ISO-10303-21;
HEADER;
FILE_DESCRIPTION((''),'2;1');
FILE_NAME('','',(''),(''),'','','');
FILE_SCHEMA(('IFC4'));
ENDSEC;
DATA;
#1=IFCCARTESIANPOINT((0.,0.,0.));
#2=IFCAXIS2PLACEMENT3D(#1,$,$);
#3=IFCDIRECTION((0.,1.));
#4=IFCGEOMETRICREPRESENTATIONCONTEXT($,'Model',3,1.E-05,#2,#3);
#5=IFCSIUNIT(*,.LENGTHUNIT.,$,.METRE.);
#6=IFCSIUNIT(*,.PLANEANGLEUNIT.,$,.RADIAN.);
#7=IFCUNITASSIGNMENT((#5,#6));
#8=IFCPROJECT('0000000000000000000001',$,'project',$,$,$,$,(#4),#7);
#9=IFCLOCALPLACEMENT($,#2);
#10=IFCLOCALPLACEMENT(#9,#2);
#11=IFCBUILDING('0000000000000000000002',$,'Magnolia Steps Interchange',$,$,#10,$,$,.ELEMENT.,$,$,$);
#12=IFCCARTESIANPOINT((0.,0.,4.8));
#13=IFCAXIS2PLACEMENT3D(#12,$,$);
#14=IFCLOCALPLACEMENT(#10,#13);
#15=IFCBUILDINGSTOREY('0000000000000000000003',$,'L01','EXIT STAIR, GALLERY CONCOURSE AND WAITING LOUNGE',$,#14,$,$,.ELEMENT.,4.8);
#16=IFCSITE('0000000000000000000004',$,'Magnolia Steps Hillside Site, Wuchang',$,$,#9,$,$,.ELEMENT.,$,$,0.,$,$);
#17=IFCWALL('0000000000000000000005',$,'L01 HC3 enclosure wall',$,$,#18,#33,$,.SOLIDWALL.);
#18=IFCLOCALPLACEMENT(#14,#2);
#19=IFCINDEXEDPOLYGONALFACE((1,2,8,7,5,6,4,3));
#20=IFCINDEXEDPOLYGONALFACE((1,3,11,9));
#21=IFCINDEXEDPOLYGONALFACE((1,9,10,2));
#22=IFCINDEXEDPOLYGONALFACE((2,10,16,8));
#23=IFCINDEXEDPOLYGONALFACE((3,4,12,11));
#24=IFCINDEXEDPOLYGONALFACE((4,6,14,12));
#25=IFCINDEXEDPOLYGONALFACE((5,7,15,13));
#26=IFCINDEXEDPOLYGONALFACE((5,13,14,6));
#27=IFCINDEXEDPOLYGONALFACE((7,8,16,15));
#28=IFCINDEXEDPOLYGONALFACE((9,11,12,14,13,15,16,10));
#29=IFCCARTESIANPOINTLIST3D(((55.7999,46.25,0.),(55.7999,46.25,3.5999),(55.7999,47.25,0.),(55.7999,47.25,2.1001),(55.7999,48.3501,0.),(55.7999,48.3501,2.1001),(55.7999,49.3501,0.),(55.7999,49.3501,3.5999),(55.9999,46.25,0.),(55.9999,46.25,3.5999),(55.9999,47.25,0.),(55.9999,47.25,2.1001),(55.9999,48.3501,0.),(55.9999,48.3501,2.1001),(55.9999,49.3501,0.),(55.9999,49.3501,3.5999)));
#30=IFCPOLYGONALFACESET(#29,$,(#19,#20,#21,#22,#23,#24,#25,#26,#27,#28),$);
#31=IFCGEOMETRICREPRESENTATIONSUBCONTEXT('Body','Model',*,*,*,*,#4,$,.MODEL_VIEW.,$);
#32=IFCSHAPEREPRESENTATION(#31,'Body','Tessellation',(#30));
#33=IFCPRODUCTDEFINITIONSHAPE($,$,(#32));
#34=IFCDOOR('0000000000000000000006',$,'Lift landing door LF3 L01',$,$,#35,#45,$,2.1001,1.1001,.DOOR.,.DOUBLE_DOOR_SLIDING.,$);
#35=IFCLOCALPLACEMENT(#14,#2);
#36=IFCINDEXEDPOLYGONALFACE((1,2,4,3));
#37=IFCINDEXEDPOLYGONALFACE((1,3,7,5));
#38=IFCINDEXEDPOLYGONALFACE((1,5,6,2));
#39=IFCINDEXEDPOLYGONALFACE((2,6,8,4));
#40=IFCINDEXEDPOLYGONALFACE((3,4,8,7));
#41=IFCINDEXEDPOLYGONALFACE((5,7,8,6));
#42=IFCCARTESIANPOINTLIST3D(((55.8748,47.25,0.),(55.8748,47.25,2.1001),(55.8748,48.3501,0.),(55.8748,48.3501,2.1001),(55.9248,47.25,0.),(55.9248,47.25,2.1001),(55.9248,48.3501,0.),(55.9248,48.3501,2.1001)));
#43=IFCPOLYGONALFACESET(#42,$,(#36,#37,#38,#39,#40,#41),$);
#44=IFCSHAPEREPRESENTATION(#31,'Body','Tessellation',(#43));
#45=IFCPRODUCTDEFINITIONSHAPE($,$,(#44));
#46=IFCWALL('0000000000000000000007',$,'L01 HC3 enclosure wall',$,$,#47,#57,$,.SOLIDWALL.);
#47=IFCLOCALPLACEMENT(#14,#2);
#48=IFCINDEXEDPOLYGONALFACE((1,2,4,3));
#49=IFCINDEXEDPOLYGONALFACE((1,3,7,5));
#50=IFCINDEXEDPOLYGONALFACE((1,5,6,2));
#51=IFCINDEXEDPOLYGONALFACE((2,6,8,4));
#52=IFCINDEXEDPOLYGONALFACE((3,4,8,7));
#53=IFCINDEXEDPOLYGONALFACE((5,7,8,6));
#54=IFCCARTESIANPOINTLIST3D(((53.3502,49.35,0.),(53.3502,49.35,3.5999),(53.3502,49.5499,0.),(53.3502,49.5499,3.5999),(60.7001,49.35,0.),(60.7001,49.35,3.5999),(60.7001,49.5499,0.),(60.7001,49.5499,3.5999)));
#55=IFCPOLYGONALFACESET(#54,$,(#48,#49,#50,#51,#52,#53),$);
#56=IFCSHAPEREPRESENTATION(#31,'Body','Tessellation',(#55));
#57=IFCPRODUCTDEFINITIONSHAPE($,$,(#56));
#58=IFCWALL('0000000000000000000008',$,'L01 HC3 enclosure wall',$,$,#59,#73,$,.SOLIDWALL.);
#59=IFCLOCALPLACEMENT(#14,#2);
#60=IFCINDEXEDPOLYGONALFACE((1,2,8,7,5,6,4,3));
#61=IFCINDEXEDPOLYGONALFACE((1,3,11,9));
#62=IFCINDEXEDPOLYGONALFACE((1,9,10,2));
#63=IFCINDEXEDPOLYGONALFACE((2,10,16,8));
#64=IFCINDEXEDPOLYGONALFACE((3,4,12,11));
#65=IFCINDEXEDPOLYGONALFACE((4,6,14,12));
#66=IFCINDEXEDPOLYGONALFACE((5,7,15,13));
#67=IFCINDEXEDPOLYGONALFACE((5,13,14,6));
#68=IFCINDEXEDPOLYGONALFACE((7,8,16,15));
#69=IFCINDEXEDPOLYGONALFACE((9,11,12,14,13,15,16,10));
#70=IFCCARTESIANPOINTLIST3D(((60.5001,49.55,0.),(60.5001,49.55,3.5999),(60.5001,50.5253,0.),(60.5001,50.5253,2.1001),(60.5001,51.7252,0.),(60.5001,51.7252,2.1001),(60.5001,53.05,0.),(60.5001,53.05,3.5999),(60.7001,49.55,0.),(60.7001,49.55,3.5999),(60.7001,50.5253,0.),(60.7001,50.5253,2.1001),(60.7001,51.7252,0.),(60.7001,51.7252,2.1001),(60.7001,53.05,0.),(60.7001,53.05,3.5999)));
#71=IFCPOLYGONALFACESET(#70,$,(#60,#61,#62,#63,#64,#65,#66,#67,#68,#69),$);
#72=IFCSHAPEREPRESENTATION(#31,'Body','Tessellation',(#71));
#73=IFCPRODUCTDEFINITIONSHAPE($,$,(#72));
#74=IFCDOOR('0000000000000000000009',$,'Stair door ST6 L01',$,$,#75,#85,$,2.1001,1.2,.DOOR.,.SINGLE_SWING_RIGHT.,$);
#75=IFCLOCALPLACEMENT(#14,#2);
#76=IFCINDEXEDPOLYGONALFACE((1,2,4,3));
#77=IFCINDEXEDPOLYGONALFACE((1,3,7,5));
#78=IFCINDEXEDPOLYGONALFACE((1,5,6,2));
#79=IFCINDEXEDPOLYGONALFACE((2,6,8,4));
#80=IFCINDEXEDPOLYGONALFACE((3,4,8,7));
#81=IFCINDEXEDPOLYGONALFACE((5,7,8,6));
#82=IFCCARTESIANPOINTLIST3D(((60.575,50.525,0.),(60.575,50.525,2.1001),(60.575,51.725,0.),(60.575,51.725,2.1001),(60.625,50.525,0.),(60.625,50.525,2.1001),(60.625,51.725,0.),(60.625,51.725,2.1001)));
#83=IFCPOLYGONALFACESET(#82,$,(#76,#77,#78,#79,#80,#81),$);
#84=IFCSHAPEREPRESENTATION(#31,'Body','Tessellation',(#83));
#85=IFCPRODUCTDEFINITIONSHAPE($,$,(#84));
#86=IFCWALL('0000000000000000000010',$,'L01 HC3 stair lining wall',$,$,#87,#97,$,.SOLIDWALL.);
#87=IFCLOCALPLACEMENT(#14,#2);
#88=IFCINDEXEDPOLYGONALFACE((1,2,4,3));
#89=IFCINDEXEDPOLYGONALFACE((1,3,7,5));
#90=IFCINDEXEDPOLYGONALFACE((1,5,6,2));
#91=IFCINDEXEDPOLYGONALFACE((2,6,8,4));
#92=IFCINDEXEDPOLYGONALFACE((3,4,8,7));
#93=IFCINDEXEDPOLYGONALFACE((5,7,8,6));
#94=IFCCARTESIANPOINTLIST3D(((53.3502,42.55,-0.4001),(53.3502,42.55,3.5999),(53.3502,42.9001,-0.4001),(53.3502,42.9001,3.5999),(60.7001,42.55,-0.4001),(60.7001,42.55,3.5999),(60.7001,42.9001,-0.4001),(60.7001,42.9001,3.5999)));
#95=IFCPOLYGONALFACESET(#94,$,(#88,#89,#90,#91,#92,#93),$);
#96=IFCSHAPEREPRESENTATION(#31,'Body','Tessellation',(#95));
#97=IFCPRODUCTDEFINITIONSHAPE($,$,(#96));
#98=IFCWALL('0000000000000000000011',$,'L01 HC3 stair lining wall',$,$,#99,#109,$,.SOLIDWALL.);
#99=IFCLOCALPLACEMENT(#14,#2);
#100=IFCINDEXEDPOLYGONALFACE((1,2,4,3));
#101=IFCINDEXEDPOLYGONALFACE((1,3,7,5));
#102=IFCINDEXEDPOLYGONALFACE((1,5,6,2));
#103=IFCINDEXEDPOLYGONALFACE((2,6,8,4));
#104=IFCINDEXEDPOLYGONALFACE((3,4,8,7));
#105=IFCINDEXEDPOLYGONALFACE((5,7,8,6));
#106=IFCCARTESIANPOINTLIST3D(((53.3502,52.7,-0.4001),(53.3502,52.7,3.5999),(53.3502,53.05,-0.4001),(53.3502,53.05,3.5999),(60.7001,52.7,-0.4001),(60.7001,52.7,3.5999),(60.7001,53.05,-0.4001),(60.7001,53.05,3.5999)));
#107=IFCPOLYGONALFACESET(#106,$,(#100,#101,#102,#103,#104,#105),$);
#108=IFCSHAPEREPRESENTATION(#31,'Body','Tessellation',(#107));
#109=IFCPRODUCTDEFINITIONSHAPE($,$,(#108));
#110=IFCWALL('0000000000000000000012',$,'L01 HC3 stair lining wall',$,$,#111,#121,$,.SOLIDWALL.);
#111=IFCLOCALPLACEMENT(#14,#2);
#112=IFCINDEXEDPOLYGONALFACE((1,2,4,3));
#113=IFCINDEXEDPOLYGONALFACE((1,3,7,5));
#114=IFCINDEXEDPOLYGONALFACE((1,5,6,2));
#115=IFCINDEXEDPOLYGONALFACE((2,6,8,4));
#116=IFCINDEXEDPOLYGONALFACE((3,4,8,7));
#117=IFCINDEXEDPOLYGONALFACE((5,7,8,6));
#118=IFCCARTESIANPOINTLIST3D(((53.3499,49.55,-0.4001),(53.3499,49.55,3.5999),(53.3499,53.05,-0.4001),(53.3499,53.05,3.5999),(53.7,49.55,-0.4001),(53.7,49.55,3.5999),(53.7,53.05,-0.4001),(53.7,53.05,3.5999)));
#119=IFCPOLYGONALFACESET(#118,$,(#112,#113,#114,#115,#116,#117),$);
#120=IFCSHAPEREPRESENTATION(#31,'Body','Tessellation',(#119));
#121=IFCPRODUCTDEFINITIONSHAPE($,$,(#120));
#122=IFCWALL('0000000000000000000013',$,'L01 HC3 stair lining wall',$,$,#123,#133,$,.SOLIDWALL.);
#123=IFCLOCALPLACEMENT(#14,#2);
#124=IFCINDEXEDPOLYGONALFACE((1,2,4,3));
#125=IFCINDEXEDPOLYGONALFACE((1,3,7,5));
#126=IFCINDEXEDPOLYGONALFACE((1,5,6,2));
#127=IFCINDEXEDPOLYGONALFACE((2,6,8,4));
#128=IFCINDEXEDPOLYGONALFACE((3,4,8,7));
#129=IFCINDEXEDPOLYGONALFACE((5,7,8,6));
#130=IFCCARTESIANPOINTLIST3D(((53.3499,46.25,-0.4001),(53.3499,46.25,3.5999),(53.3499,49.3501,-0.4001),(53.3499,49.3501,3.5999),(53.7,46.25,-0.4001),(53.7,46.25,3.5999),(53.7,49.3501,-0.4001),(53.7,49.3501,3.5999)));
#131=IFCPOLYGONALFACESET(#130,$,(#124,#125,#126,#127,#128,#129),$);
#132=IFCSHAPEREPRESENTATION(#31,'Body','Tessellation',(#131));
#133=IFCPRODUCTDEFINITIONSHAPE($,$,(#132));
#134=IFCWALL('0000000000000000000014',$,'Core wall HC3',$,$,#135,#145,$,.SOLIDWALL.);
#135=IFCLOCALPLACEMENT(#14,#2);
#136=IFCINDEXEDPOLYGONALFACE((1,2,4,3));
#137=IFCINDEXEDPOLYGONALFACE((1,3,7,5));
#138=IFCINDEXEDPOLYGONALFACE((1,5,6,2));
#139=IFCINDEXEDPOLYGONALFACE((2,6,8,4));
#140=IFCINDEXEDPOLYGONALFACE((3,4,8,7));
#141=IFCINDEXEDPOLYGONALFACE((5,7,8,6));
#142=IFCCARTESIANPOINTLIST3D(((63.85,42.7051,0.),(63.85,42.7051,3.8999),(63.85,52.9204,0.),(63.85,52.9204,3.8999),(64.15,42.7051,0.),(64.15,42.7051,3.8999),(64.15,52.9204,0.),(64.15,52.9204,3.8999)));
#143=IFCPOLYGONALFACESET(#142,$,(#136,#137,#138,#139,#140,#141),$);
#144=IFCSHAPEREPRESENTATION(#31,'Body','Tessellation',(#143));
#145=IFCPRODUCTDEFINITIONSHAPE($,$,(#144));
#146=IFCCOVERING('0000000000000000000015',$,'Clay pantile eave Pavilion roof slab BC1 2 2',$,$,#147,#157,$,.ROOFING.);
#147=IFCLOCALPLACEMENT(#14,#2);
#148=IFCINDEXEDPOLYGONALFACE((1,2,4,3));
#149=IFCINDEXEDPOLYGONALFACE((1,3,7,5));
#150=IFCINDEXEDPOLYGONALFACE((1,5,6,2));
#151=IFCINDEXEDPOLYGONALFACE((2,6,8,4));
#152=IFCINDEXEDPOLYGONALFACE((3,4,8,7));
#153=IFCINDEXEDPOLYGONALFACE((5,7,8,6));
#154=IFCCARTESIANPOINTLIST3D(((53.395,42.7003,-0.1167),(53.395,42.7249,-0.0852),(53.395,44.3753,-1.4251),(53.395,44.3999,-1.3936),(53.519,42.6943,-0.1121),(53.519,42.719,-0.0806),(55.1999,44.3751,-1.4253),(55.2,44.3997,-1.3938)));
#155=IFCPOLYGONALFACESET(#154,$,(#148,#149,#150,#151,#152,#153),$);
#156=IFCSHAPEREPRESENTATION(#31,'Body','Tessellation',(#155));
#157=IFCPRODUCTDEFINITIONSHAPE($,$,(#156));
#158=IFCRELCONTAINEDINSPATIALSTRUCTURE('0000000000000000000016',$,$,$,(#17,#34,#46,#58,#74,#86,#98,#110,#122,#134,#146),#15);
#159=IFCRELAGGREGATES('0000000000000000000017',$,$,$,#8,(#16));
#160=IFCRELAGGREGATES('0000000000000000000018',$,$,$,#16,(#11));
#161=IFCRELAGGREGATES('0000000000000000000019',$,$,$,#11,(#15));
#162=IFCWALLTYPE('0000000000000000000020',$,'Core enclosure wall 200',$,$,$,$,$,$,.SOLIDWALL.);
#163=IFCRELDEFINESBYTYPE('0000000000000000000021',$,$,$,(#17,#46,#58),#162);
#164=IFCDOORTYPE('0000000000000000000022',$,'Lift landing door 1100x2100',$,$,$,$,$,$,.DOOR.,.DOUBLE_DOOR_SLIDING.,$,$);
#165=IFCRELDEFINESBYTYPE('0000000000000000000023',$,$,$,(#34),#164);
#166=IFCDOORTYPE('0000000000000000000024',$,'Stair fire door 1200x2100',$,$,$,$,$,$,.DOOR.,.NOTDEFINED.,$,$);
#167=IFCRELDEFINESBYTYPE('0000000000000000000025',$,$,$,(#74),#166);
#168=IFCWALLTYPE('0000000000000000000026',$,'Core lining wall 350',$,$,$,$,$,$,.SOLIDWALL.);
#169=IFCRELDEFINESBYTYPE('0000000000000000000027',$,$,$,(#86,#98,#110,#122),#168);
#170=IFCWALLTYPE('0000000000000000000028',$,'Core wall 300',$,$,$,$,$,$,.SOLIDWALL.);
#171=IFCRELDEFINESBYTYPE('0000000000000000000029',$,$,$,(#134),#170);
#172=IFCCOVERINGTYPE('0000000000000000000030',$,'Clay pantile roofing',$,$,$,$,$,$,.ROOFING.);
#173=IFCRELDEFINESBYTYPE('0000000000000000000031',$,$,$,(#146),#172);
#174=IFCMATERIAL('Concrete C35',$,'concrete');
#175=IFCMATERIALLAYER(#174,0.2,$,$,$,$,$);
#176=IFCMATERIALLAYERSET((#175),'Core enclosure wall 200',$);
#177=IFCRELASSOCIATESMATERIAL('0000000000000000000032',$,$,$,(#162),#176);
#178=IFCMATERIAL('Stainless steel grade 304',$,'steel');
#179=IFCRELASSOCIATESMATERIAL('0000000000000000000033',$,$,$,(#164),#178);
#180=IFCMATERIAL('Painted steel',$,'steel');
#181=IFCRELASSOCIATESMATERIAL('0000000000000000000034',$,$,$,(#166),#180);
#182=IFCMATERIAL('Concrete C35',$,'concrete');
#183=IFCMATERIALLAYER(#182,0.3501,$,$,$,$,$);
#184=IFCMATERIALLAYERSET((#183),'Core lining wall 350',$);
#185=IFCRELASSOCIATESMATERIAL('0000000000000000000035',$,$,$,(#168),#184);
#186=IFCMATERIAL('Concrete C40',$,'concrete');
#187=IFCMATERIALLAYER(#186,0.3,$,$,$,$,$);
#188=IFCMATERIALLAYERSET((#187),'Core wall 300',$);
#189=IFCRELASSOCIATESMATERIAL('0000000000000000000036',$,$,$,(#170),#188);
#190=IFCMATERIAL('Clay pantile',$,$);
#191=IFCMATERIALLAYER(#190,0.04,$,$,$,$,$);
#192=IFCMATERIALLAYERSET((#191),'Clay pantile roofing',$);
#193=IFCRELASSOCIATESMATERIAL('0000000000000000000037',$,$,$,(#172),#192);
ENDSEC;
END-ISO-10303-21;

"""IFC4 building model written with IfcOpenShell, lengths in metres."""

from ifc_helpers import new_model, si_unit, direction, frame, frame_2d, origin, place, context, subcontext, project, spatial, polyline, rectangle, outline, extrude, material, layer, layer_set, type_object, element, fill, save


model = new_model("IFC4")

# Units and contexts
model_context = context("Model", 3, precision=1e-05, world=origin(), true_north=direction((0.0, 1.0)))
body_context = subcontext(model_context, "Body", "Model", "MODEL_VIEW")
ifc_project = project(units=[si_unit("LENGTHUNIT", "METRE"), si_unit("PLANEANGLEUNIT", "RADIAN")], contexts=[model_context])

# Site, building, storey
site_placement = place(None, origin())
site = spatial("IfcSite", under=ifc_project, at=site_placement, Name="Magnolia Steps Hillside Site, Wuchang", CompositionType="ELEMENT", RefElevation=0.0)
building_placement = place(site_placement, origin())
building = spatial("IfcBuilding", under=site, at=building_placement, Name="Magnolia Steps Interchange", CompositionType="ELEMENT")
storey_placement = place(building_placement, frame((0.0, 0.0, 4.8)))
storey = spatial("IfcBuildingStorey", under=building, at=storey_placement, Name="L01", Description="EXIT STAIR, GALLERY CONCOURSE AND WAITING LOUNGE", CompositionType="ELEMENT", Elevation=4.8)

# Shared definitions
ifc_material_1 = material(Name="Concrete C35", Category="concrete")
ifc_layer_1 = layer(ifc_material_1, 0.2)
ifc_layer_set_1 = layer_set([ifc_layer_1], Name="Core enclosure wall 200")
wall_type_1 = type_object("IfcWallType", Name="Core enclosure wall 200", PredefinedType="SOLIDWALL", material=ifc_layer_set_1)

# Wall, opening, door
wall_1_placement = place(storey_placement, frame((55.8999, 46.25, 0.0), z_axis=(0.0, 0.0, 1.0), x_axis=(0.0, 1.0, 0.0)))
wall_1 = element("IfcWall", 1, at=wall_1_placement, inside=storey, type_object=wall_type_1, Name="L01 HC3 enclosure wall", PredefinedType="SOLIDWALL", context=body_context, shape_type="SweptSolid", body=[
    extrude(rectangle(XDim=3.1001, YDim=0.2, at=frame_2d((1.55, 0.0))), origin(), (0.0, 0.0, 1.0), 3.5999),
])
opening_1_placement = place(wall_1_placement, frame((1.0, 0.0, 0.0)))
opening_1 = element("IfcOpeningElement", 2, at=opening_1_placement, cuts=wall_1, PredefinedType="OPENING", context=body_context, shape_type="SweptSolid", body=[
    extrude(rectangle(XDim=1.1001, YDim=2.1001, at=frame_2d((0.55, 1.05))), frame((0.0, 0.1099, 0.0), z_axis=(0.0, -1.0, 0.0), x_axis=(1.0, 0.0, 0.0)), (0.0, 0.0, 1.0), 0.22),
])
ifc_material_2 = material(Name="Stainless steel grade 304", Category="steel")
door_type_1 = type_object("IfcDoorType", Name="Lift landing door 1100x2100", OperationType="DOUBLE_DOOR_SLIDING", PredefinedType="DOOR", material=ifc_material_2)
door_1_placement = place(opening_1_placement, frame((1.1001, 0.0, 0.0), z_axis=(0.0, 0.0, 1.0), x_axis=(-1.0, 0.0, 0.0)))
door_1 = element("IfcDoor", 3, at=door_1_placement, inside=storey, type_object=door_type_1, Name="Lift landing door LF3 L01", OperationType="DOUBLE_DOOR_SLIDING", OverallHeight=2.1001, OverallWidth=1.1001, PredefinedType="DOOR", context=body_context, shape_type="SweptSolid", body=[
    extrude(rectangle(XDim=1.1001, YDim=2.1001, at=frame_2d((0.55, 1.05))), frame((0.0, 0.0249, 0.0), z_axis=(0.0, -1.0, 0.0), x_axis=(1.0, 0.0, 0.0)), (0.0, 0.0, 1.0), 0.05),
])
fill(opening_1, door_1)

# Wall
wall_2_placement = place(storey_placement, frame((60.7, 49.45, 0.0), z_axis=(0.0, 0.0, 1.0), x_axis=(-1.0, 0.0, 0.0)))
element("IfcWall", 4, at=wall_2_placement, inside=storey, type_object=wall_type_1, Name="L01 HC3 enclosure wall", PredefinedType="SOLIDWALL", context=body_context, shape_type="SweptSolid", body=[
    extrude(rectangle(XDim=7.3499, YDim=0.2, at=frame_2d((3.6748, 0.0))), origin(), (0.0, 0.0, 1.0), 3.5999),
])

# Wall, opening, door
wall_3_placement = place(storey_placement, frame((60.6001, 49.55, 0.0), z_axis=(0.0, 0.0, 1.0), x_axis=(0.0, 1.0, 0.0)))
wall_3 = element("IfcWall", 5, at=wall_3_placement, inside=storey, type_object=wall_type_1, Name="L01 HC3 enclosure wall", PredefinedType="SOLIDWALL", context=body_context, shape_type="SweptSolid", body=[
    extrude(rectangle(XDim=3.5, YDim=0.2, at=frame_2d((1.75, 0.0))), origin(), (0.0, 0.0, 1.0), 3.5999),
])
opening_2_placement = place(wall_3_placement, frame((0.9751, 0.0, 0.0)))
opening_2 = element("IfcOpeningElement", 6, at=opening_2_placement, cuts=wall_3, PredefinedType="OPENING", context=body_context, shape_type="SweptSolid", body=[
    extrude(rectangle(XDim=1.2, YDim=2.1001, at=frame_2d((0.6001, 1.05))), frame((0.0, 0.1099, 0.0), z_axis=(0.0, -1.0, 0.0), x_axis=(1.0, 0.0, 0.0)), (0.0, 0.0, 1.0), 0.22),
])
ifc_material_3 = material(Name="Painted steel", Category="steel")
door_type_2 = type_object("IfcDoorType", Name="Stair fire door 1200x2100", OperationType="NOTDEFINED", PredefinedType="DOOR", material=ifc_material_3)
door_2_placement = place(opening_2_placement, frame((1.2, 0.0, 0.0), z_axis=(0.0, 0.0, 1.0), x_axis=(-1.0, 0.0, 0.0)))
door_2 = element("IfcDoor", 7, at=door_2_placement, inside=storey, type_object=door_type_2, Name="Stair door ST6 L01", OperationType="SINGLE_SWING_RIGHT", OverallHeight=2.1001, OverallWidth=1.2, PredefinedType="DOOR", context=body_context, shape_type="SweptSolid", body=[
    extrude(rectangle(XDim=1.2, YDim=2.1001, at=frame_2d((0.6001, 1.05))), frame((0.0, 0.0249, 0.0), z_axis=(0.0, -1.0, 0.0), x_axis=(1.0, 0.0, 0.0)), (0.0, 0.0, 1.0), 0.05),
])
fill(opening_2, door_2)

# Walls
ifc_material_4 = material(Name="Concrete C35", Category="concrete")
ifc_layer_2 = layer(ifc_material_4, 0.3501)
ifc_layer_set_2 = layer_set([ifc_layer_2], Name="Core lining wall 350")
wall_type_2 = type_object("IfcWallType", Name="Core lining wall 350", PredefinedType="SOLIDWALL", material=ifc_layer_set_2)
for number, where, z_axis, x_axis, name in (
    (8, (60.7, 42.7251, -0.4001), (0.0, 0.0, 1.0), (-1.0, 0.0, 0.0), "L01 HC3 stair lining wall"),
    (9, (60.7, 52.875, -0.4001), (0.0, 0.0, 1.0), (-1.0, 0.0, 0.0), "L01 HC3 stair lining wall"),
):
    element("IfcWall", number, at=place(storey_placement, frame(where, z_axis=z_axis, x_axis=x_axis)), inside=storey, type_object=wall_type_2, Name=name, PredefinedType="SOLIDWALL", context=body_context, shape_type="SweptSolid", body=[
        extrude(rectangle(XDim=7.3499, YDim=0.3501, at=frame_2d((3.6748, 0.0))), origin(), (0.0, 0.0, 1.0), 4.0),
    ])
wall_4_placement = place(storey_placement, frame((53.5249, 49.55, -0.4001), z_axis=(0.0, 0.0, 1.0), x_axis=(0.0, 1.0, 0.0)))
element("IfcWall", 10, at=wall_4_placement, inside=storey, type_object=wall_type_2, Name="L01 HC3 stair lining wall", PredefinedType="SOLIDWALL", context=body_context, shape_type="SweptSolid", body=[
    extrude(rectangle(XDim=3.5, YDim=0.3501, at=frame_2d((1.75, 0.0))), origin(), (0.0, 0.0, 1.0), 4.0),
])
wall_5_placement = place(storey_placement, frame((53.5249, 46.25, -0.4001), z_axis=(0.0, 0.0, 1.0), x_axis=(0.0, 1.0, 0.0)))
element("IfcWall", 11, at=wall_5_placement, inside=storey, type_object=wall_type_2, Name="L01 HC3 stair lining wall", PredefinedType="SOLIDWALL", context=body_context, shape_type="SweptSolid", body=[
    extrude(rectangle(XDim=3.1001, YDim=0.3501, at=frame_2d((1.55, 0.0))), origin(), (0.0, 0.0, 1.0), 4.0),
])
ifc_material_5 = material(Name="Concrete C40", Category="concrete")
ifc_layer_3 = layer(ifc_material_5, 0.3)
ifc_layer_set_3 = layer_set([ifc_layer_3], Name="Core wall 300")
wall_type_3 = type_object("IfcWallType", Name="Core wall 300", PredefinedType="SOLIDWALL", material=ifc_layer_set_3)
wall_6_placement = place(storey_placement, frame((64.0, 42.7051, 0.0), z_axis=(0.0, 0.0, 1.0), x_axis=(0.0, 1.0, 0.0)))
element("IfcWall", 12, at=wall_6_placement, inside=storey, type_object=wall_type_3, Name="Core wall HC3", PredefinedType="SOLIDWALL", context=body_context, shape_type="SweptSolid", body=[
    extrude(rectangle(XDim=10.2153, YDim=0.3, at=frame_2d((5.1077, 0.0))), origin(), (0.0, 0.0, 1.0), 3.8999),
])

# Covering
ifc_material_6 = material(Name="Clay pantile")
ifc_layer_4 = layer(ifc_material_6, 0.04)
ifc_layer_set_4 = layer_set([ifc_layer_4], Name="Clay pantile roofing")
covering_type = type_object("IfcCoveringType", Name="Clay pantile roofing", PredefinedType="ROOFING", material=ifc_layer_set_4)
covering_placement = place(storey_placement, frame((53.395, 44.3999, -1.3936), z_axis=(0.000152, 0.615587, 0.788069), x_axis=(1.0, -0.000094, -0.00012)))
element("IfcCovering", 13, at=covering_placement, inside=storey, type_object=covering_type, Name="Clay pantile eave Pavilion roof slab BC1 2 2", PredefinedType="ROOFING", context=body_context, shape_type="SweptSolid", body=[
    extrude(outline(polyline([(0.0, 0.0), (1.8049, 0.0), (0.124, -2.1329), (0.0, -2.1254), (0.0, 0.0)])), origin(), (0.0, 0.0, -1.0), 0.04),
])

save(model, "model.ifc")
